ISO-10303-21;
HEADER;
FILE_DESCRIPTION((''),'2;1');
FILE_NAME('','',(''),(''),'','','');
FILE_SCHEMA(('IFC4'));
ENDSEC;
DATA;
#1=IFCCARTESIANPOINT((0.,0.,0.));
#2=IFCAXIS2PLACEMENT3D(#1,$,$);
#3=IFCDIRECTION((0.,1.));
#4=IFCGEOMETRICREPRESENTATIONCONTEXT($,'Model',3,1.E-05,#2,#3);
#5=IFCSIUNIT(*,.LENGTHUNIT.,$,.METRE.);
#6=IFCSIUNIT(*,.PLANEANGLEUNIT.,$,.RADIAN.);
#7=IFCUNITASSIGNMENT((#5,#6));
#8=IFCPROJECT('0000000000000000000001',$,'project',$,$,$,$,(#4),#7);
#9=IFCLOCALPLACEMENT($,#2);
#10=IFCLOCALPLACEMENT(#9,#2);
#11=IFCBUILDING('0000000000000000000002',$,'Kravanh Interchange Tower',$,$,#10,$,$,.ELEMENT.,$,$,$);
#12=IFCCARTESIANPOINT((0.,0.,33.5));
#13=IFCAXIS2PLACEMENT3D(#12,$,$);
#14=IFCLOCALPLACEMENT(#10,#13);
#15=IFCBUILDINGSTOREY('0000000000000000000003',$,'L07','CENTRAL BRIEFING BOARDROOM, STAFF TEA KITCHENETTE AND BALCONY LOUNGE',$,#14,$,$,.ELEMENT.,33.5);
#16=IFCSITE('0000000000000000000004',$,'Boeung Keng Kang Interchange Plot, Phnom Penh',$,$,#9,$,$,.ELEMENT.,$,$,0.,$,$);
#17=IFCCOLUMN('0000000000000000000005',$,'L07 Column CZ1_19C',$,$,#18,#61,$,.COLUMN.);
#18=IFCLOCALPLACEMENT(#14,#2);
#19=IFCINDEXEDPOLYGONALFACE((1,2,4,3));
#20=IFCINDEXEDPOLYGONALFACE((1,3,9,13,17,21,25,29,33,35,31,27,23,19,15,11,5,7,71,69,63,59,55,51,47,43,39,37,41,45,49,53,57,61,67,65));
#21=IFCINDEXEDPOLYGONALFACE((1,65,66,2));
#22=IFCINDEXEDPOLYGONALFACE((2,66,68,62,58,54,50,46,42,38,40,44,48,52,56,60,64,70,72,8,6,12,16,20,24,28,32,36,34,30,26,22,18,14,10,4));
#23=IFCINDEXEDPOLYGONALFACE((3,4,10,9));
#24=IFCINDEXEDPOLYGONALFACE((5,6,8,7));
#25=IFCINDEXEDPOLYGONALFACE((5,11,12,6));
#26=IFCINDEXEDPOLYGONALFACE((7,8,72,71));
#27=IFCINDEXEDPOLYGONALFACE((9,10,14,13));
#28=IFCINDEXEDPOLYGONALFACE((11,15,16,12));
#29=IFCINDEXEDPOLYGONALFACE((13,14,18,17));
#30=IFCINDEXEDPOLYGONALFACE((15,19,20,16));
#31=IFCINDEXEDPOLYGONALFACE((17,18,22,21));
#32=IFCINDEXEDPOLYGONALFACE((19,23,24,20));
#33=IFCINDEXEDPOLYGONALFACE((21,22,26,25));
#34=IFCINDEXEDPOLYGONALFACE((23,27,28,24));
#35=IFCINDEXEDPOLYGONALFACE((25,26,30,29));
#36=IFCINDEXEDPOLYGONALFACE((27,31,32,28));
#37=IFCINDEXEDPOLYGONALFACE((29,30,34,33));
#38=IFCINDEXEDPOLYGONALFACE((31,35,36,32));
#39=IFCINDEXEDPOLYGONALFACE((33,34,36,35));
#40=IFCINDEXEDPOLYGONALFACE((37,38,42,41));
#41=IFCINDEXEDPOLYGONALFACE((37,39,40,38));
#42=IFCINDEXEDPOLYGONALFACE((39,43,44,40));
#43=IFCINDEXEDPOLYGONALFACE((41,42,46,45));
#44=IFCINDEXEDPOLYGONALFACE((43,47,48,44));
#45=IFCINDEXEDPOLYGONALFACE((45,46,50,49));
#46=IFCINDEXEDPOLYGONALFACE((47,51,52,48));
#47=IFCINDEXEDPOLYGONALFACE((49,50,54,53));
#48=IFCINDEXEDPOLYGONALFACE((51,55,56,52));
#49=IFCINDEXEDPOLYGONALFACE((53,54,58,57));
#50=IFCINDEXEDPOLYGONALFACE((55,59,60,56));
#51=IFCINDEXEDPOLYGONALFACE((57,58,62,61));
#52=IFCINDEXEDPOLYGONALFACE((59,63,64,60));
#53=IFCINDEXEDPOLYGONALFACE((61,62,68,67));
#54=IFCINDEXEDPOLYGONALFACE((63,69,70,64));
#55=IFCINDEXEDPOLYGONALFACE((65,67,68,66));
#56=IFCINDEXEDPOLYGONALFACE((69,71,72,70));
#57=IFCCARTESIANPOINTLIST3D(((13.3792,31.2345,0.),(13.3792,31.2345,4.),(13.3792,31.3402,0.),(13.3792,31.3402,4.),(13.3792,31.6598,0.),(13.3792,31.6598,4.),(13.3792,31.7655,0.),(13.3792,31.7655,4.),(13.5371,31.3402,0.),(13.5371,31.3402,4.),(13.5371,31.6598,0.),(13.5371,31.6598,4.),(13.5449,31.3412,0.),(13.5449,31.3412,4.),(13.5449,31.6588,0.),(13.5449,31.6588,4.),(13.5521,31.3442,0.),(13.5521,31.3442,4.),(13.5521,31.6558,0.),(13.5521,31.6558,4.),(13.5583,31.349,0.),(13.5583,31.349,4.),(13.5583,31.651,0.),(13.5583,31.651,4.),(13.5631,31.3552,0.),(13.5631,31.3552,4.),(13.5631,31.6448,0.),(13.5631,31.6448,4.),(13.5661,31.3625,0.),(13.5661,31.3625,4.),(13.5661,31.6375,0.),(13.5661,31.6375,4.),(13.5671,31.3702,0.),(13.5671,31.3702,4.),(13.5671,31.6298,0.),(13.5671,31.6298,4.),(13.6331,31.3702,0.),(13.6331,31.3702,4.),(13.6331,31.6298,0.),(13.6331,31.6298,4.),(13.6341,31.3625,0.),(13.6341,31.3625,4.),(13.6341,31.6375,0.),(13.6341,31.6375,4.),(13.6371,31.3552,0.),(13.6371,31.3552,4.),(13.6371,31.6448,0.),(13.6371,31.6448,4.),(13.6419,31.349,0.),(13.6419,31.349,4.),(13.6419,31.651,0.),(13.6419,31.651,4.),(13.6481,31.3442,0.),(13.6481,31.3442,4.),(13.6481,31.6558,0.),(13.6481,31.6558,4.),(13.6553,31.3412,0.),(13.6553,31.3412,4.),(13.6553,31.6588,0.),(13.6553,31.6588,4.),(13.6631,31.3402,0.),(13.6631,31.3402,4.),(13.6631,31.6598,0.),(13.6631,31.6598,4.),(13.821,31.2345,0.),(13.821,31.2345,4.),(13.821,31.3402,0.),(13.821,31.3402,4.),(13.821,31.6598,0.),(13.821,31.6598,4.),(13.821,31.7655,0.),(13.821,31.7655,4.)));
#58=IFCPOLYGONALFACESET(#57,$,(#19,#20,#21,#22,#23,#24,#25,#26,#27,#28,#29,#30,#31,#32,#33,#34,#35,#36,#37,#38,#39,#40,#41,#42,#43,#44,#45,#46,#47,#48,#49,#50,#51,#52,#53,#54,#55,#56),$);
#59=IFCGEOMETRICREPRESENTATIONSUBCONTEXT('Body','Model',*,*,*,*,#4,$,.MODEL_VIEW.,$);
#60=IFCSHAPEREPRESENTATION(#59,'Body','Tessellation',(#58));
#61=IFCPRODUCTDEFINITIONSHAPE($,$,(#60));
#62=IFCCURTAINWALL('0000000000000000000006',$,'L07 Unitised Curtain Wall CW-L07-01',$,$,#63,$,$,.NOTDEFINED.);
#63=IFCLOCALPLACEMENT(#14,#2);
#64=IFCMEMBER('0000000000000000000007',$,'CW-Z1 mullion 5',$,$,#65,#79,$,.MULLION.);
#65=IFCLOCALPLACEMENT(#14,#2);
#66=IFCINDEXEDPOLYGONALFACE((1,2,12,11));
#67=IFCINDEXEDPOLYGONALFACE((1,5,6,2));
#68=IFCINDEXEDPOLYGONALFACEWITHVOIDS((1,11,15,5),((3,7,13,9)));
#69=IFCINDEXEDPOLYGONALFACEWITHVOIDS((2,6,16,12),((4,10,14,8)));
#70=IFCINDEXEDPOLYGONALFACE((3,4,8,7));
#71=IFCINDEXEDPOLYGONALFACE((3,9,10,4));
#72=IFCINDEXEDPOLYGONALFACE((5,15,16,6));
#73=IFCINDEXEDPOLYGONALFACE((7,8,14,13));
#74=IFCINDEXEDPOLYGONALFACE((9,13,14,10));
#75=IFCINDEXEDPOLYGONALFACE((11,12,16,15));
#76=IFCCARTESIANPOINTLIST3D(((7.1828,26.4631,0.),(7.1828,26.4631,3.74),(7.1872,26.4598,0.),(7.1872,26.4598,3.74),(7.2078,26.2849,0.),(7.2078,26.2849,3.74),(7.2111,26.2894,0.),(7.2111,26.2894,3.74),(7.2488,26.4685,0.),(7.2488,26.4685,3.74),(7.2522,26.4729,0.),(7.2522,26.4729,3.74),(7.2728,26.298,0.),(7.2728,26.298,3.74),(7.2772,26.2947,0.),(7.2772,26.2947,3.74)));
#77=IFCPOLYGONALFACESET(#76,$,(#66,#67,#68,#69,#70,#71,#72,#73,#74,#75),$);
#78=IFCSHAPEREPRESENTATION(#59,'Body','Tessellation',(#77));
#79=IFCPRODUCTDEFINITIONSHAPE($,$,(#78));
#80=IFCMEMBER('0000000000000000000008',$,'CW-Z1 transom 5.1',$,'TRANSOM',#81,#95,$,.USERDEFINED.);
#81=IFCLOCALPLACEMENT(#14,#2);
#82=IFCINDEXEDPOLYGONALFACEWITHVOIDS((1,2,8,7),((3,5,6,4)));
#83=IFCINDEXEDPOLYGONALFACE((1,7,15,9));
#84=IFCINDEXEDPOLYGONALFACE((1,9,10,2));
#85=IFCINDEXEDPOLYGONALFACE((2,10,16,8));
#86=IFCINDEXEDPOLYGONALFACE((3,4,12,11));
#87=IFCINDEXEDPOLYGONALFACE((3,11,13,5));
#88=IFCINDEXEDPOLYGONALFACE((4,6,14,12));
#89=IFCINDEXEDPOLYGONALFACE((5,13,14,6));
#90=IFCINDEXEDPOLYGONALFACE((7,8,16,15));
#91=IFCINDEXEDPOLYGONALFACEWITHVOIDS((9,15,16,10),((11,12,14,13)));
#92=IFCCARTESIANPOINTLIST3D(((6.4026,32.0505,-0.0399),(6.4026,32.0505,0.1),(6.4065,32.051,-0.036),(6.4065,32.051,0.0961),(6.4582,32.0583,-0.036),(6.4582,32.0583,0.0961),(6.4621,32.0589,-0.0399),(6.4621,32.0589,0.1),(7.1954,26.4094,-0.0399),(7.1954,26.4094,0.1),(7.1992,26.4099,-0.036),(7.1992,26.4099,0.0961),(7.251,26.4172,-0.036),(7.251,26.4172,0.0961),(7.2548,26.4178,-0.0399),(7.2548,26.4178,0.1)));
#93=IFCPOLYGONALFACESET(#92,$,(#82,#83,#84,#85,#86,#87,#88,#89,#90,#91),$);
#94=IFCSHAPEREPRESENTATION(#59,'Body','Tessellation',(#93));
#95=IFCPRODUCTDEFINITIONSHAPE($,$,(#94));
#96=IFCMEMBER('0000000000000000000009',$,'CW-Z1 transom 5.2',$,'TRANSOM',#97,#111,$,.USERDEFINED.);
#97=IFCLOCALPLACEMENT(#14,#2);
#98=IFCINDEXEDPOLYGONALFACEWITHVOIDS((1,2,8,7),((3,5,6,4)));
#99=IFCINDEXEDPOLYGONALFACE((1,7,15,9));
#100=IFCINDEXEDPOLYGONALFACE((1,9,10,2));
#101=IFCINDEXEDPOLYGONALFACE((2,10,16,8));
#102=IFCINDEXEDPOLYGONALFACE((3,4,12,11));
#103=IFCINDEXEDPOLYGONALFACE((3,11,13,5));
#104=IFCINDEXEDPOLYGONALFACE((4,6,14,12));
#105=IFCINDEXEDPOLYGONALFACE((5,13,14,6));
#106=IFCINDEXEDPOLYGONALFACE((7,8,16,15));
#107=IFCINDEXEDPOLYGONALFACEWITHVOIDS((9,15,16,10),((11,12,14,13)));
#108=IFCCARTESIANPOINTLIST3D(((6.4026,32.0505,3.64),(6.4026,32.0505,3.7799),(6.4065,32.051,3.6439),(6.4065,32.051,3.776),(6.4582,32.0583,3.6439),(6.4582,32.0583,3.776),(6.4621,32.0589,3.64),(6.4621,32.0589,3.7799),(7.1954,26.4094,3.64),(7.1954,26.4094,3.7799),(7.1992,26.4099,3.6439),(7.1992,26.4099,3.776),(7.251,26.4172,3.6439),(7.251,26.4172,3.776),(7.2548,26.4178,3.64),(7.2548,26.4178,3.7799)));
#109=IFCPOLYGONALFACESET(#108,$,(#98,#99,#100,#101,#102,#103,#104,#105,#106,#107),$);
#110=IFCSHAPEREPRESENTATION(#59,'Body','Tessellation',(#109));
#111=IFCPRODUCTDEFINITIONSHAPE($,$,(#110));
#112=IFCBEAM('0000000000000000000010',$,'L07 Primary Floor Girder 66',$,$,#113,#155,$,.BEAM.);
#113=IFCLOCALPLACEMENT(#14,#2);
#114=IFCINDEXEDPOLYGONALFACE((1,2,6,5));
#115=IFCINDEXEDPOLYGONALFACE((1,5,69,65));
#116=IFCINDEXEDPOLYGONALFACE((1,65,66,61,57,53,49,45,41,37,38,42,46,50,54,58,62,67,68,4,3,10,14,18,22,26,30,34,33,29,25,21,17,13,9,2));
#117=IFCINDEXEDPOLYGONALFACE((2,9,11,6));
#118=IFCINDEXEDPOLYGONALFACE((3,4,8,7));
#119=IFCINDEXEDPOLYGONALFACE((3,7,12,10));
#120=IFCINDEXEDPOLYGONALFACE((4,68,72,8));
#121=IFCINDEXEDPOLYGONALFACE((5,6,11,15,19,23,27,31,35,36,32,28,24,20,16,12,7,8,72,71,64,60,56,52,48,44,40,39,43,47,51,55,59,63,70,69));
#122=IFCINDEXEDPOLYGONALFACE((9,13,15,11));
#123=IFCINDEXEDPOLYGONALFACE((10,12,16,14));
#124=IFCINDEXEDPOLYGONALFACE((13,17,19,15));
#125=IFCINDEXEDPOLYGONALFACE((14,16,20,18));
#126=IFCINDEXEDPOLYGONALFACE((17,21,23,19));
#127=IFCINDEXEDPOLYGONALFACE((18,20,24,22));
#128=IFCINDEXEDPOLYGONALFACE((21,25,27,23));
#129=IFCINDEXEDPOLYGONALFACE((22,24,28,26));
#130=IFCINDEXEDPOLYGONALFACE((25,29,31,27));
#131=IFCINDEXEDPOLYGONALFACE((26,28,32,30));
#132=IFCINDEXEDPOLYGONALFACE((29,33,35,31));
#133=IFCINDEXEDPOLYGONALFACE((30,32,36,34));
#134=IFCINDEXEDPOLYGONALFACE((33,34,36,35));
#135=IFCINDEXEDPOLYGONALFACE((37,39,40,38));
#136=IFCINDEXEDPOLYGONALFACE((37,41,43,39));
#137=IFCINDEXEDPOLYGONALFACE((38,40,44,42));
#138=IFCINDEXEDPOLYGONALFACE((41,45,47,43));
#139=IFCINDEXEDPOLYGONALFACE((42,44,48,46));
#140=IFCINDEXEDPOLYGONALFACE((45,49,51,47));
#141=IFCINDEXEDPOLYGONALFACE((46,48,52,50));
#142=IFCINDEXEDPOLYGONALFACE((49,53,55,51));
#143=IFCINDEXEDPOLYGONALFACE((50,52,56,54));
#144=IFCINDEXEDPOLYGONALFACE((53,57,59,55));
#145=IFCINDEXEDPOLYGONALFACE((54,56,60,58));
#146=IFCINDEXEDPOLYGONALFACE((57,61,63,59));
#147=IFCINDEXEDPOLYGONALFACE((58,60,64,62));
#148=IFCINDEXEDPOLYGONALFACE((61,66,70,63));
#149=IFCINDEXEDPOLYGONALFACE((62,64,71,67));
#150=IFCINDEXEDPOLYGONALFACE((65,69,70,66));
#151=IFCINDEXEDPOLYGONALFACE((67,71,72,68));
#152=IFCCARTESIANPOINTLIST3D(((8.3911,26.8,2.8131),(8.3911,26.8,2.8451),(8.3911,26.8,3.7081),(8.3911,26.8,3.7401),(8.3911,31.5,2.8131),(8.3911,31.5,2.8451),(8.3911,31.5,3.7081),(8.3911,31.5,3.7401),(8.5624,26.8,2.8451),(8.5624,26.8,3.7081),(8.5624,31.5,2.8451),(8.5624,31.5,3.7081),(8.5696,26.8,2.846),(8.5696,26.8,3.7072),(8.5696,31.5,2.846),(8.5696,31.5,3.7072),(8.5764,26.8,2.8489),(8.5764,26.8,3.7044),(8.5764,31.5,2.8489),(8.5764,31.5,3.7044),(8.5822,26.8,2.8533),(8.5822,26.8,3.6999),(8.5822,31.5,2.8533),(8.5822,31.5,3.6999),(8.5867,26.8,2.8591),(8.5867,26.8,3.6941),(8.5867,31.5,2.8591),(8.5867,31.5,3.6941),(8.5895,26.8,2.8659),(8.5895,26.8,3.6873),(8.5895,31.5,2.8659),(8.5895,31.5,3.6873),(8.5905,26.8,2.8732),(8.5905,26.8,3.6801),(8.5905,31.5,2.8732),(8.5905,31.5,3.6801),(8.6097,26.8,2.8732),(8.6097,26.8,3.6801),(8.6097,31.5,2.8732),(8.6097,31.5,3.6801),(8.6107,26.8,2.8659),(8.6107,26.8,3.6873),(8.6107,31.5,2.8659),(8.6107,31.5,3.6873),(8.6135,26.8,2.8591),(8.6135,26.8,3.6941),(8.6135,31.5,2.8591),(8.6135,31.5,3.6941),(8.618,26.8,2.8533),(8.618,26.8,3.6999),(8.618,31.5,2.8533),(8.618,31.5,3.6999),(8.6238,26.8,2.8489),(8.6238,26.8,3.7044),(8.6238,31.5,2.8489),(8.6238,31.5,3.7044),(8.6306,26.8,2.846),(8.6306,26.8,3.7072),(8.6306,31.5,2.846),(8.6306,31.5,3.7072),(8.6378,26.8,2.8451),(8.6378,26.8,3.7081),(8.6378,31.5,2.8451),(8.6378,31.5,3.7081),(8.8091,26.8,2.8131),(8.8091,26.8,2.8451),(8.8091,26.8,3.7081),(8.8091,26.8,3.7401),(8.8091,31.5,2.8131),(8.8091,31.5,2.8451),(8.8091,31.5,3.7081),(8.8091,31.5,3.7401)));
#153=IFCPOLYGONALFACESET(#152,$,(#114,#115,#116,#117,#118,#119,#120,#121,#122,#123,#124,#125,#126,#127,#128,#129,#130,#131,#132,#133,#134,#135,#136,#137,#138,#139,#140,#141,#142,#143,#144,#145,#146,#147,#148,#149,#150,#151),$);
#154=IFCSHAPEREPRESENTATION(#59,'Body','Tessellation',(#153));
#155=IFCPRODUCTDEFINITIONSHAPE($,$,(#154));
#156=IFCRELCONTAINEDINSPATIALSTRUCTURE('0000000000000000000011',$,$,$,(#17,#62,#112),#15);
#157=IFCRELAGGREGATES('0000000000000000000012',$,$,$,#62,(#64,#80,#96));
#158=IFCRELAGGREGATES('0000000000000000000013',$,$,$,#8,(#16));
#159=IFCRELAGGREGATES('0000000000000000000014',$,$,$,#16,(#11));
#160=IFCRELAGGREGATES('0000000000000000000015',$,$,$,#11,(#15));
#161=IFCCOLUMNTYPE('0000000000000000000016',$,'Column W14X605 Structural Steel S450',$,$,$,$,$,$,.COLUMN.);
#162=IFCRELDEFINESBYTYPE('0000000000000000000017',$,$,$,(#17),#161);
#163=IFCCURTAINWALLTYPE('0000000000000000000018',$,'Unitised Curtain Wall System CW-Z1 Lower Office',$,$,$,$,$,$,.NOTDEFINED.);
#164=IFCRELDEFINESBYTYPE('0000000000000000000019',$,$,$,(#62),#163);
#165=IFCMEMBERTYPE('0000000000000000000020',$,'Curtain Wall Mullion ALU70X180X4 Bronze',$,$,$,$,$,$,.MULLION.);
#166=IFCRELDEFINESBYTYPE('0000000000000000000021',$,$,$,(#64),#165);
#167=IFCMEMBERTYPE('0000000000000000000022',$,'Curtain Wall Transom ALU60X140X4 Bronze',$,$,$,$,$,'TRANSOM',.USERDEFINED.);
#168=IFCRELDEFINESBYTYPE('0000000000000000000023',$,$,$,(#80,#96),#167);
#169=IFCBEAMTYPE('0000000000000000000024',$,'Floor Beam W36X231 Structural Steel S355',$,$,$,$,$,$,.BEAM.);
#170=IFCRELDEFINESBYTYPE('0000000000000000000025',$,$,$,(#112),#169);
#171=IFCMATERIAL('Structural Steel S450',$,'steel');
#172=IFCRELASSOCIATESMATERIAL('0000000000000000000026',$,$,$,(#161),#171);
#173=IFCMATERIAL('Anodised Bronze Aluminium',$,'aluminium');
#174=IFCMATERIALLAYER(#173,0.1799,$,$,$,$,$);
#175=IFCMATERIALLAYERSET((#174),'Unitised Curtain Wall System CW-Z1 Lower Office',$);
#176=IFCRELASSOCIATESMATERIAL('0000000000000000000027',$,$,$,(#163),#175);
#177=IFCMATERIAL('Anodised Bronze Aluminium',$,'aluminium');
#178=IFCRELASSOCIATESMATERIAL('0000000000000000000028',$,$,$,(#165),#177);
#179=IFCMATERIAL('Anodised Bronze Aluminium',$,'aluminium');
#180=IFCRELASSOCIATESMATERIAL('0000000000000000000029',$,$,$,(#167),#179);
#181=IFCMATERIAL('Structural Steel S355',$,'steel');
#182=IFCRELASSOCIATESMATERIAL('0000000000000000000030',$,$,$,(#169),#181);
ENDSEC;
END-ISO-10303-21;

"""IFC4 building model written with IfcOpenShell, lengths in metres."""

from ifc_helpers import new_model, si_unit, direction, frame, origin, origin_2d, place, context, subcontext, project, spatial, hollow_rectangle, i_section, extrude, material, layer, layer_set, material_profile, profile_set, type_object, element, aggregate, save


model = new_model("IFC4")

# Units and contexts
model_context = context("Model", 3, precision=1e-05, world=origin(), true_north=direction((0.0, 1.0)))
body_context = subcontext(model_context, "Body", "Model", "MODEL_VIEW")
ifc_project = project(units=[si_unit("LENGTHUNIT", "METRE"), si_unit("PLANEANGLEUNIT", "RADIAN")], contexts=[model_context])

# Site, building, storey
site_placement = place(None, origin())
site = spatial("IfcSite", under=ifc_project, at=site_placement, Name="Boeung Keng Kang Interchange Plot, Phnom Penh", CompositionType="ELEMENT", RefElevation=0.0)
building_placement = place(site_placement, origin())
building = spatial("IfcBuilding", under=site, at=building_placement, Name="Kravanh Interchange Tower", CompositionType="ELEMENT")
storey_placement = place(building_placement, frame((0.0, 0.0, 33.5)))
storey = spatial("IfcBuildingStorey", under=building, at=storey_placement, Name="L07", Description="CENTRAL BRIEFING BOARDROOM, STAFF TEA KITCHENETTE AND BALCONY LOUNGE", CompositionType="ELEMENT", Elevation=33.5)

# Column
ifc_material_1 = material(Name="Structural Steel S450", Category="steel")
ifc_material_profile_1 = material_profile(ifc_material_1, i_section(OverallWidth=0.4419, OverallDepth=0.531, WebThickness=0.0659, FlangeThickness=0.1057, FilletRadius=0.03, at=origin_2d()), Name="W14X605")
ifc_profile_set_1 = profile_set([ifc_material_profile_1], Name="Structural Steel S450")
column_type = type_object("IfcColumnType", Name="Column W14X605 Structural Steel S450", PredefinedType="COLUMN", material=ifc_profile_set_1)
for number, where, z_axis, x_axis, name in (
    (1, (13.6001, 31.5, 0.0), (0.0, 0.0, 1.0), (1.0, 0.0, 0.0), "L07 Column CZ1_19C"),
):
    element("IfcColumn", number, at=place(storey_placement, frame(where, z_axis=z_axis, x_axis=x_axis)), inside=storey, type_object=column_type, Name=name, PredefinedType="COLUMN", context=body_context, shape_type="SweptSolid", body=[
        extrude(i_section(OverallWidth=0.4419, OverallDepth=0.531, WebThickness=0.0659, FlangeThickness=0.1057, FilletRadius=0.03, at=origin_2d()), origin(), (0.0, 0.0, 1.0), 4.0),
    ])

# Curtain wall, members
ifc_material_2 = material(Name="Anodised Bronze Aluminium", Category="aluminium")
ifc_layer_1 = layer(ifc_material_2, 0.1799)
ifc_layer_set_1 = layer_set([ifc_layer_1], Name="Unitised Curtain Wall System CW-Z1 Lower Office")
curtain_wall_type = type_object("IfcCurtainWallType", Name="Unitised Curtain Wall System CW-Z1 Lower Office", PredefinedType="NOTDEFINED", material=ifc_layer_set_1)
curtain_wall_placement = place(storey_placement, origin())
curtain_wall = element("IfcCurtainWall", 2, at=curtain_wall_placement, inside=storey, type_object=curtain_wall_type, Name="L07 Unitised Curtain Wall CW-L07-01", PredefinedType="NOTDEFINED")
ifc_material_3 = material(Name="Anodised Bronze Aluminium", Category="aluminium")
ifc_material_profile_2 = material_profile(ifc_material_3, hollow_rectangle(XDim=0.0701, YDim=0.1799, WallThickness=0.0039, at=origin_2d()), Name="ALU70X180X4")
ifc_profile_set_2 = profile_set([ifc_material_profile_2], Name="Anodised Bronze Aluminium")
member_type_1 = type_object("IfcMemberType", Name="Curtain Wall Mullion ALU70X180X4 Bronze", PredefinedType="MULLION", material=ifc_profile_set_2)
member_1_placement = place(storey_placement, frame((7.23, 26.3789, 0.0), z_axis=(0.0, 0.0, 1.0), x_axis=(-0.990268, -0.139177, 0.0)))
member_1 = element("IfcMember", 3, at=member_1_placement, type_object=member_type_1, Name="CW-Z1 mullion 5", PredefinedType="MULLION", context=body_context, shape_type="SweptSolid", body=[
    extrude(hollow_rectangle(XDim=0.0701, YDim=0.1799, WallThickness=0.0039, at=origin_2d()), origin(), (0.0, 0.0, 1.0), 3.74),
])
ifc_material_4 = material(Name="Anodised Bronze Aluminium", Category="aluminium")
ifc_material_profile_3 = material_profile(ifc_material_4, hollow_rectangle(XDim=0.0601, YDim=0.1399, WallThickness=0.0039, at=origin_2d()), Name="ALU60X140X4")
ifc_profile_set_3 = profile_set([ifc_material_profile_3], Name="Anodised Bronze Aluminium")
member_type_2 = type_object("IfcMemberType", Name="Curtain Wall Transom ALU60X140X4 Bronze", ElementType="TRANSOM", PredefinedType="USERDEFINED", material=ifc_profile_set_3)
member_2_placement = place(storey_placement, frame((7.2251, 26.4136, 0.03), z_axis=(-0.139159, 0.99027, 0.0), x_axis=(-0.99027, -0.139159, 0.0)))
member_2 = element("IfcMember", 4, at=member_2_placement, type_object=member_type_2, Name="CW-Z1 transom 5.1", ObjectType="TRANSOM", PredefinedType="USERDEFINED", context=body_context, shape_type="SweptSolid", body=[
    extrude(hollow_rectangle(XDim=0.0601, YDim=0.1399, WallThickness=0.0039, at=origin_2d()), origin(), (0.0, 0.0, 1.0), 5.6965),
])
member_3_placement = place(storey_placement, frame((7.2251, 26.4136, 3.71), z_axis=(-0.139159, 0.99027, 0.0), x_axis=(-0.99027, -0.139159, 0.0)))
member_3 = element("IfcMember", 5, at=member_3_placement, type_object=member_type_2, Name="CW-Z1 transom 5.2", ObjectType="TRANSOM", PredefinedType="USERDEFINED", context=body_context, shape_type="SweptSolid", body=[
    extrude(hollow_rectangle(XDim=0.0601, YDim=0.1399, WallThickness=0.0039, at=origin_2d()), origin(), (0.0, 0.0, 1.0), 5.6965),
])

# Beam
ifc_material_5 = material(Name="Structural Steel S355", Category="steel")
ifc_material_profile_4 = material_profile(ifc_material_5, i_section(OverallWidth=0.418, OverallDepth=0.927, WebThickness=0.0193, FlangeThickness=0.032, FilletRadius=0.0281, at=origin_2d()), Name="W36X231")
ifc_profile_set_4 = profile_set([ifc_material_profile_4], Name="Structural Steel S355")
beam_type_1 = type_object("IfcBeamType", Name="Floor Beam W36X231 Structural Steel S355", PredefinedType="BEAM", material=ifc_profile_set_4)
beam_1_placement = place(storey_placement, frame((8.6001, 26.8, 3.2766), z_axis=(0.0, 1.0, 0.0), x_axis=(-1.0, 0.0, 0.0)))
element("IfcBeam", 6, at=beam_1_placement, inside=storey, type_object=beam_type_1, Name="L07 Primary Floor Girder 66", PredefinedType="BEAM", context=body_context, shape_type="SweptSolid", body=[
    extrude(i_section(OverallWidth=0.418, OverallDepth=0.927, WebThickness=0.0193, FlangeThickness=0.032, FilletRadius=0.0281, at=origin_2d()), origin(), (0.0, 0.0, 1.0), 4.7),
])

aggregate(curtain_wall, [member_1, member_2, member_3])

save(model, "model.ifc")
